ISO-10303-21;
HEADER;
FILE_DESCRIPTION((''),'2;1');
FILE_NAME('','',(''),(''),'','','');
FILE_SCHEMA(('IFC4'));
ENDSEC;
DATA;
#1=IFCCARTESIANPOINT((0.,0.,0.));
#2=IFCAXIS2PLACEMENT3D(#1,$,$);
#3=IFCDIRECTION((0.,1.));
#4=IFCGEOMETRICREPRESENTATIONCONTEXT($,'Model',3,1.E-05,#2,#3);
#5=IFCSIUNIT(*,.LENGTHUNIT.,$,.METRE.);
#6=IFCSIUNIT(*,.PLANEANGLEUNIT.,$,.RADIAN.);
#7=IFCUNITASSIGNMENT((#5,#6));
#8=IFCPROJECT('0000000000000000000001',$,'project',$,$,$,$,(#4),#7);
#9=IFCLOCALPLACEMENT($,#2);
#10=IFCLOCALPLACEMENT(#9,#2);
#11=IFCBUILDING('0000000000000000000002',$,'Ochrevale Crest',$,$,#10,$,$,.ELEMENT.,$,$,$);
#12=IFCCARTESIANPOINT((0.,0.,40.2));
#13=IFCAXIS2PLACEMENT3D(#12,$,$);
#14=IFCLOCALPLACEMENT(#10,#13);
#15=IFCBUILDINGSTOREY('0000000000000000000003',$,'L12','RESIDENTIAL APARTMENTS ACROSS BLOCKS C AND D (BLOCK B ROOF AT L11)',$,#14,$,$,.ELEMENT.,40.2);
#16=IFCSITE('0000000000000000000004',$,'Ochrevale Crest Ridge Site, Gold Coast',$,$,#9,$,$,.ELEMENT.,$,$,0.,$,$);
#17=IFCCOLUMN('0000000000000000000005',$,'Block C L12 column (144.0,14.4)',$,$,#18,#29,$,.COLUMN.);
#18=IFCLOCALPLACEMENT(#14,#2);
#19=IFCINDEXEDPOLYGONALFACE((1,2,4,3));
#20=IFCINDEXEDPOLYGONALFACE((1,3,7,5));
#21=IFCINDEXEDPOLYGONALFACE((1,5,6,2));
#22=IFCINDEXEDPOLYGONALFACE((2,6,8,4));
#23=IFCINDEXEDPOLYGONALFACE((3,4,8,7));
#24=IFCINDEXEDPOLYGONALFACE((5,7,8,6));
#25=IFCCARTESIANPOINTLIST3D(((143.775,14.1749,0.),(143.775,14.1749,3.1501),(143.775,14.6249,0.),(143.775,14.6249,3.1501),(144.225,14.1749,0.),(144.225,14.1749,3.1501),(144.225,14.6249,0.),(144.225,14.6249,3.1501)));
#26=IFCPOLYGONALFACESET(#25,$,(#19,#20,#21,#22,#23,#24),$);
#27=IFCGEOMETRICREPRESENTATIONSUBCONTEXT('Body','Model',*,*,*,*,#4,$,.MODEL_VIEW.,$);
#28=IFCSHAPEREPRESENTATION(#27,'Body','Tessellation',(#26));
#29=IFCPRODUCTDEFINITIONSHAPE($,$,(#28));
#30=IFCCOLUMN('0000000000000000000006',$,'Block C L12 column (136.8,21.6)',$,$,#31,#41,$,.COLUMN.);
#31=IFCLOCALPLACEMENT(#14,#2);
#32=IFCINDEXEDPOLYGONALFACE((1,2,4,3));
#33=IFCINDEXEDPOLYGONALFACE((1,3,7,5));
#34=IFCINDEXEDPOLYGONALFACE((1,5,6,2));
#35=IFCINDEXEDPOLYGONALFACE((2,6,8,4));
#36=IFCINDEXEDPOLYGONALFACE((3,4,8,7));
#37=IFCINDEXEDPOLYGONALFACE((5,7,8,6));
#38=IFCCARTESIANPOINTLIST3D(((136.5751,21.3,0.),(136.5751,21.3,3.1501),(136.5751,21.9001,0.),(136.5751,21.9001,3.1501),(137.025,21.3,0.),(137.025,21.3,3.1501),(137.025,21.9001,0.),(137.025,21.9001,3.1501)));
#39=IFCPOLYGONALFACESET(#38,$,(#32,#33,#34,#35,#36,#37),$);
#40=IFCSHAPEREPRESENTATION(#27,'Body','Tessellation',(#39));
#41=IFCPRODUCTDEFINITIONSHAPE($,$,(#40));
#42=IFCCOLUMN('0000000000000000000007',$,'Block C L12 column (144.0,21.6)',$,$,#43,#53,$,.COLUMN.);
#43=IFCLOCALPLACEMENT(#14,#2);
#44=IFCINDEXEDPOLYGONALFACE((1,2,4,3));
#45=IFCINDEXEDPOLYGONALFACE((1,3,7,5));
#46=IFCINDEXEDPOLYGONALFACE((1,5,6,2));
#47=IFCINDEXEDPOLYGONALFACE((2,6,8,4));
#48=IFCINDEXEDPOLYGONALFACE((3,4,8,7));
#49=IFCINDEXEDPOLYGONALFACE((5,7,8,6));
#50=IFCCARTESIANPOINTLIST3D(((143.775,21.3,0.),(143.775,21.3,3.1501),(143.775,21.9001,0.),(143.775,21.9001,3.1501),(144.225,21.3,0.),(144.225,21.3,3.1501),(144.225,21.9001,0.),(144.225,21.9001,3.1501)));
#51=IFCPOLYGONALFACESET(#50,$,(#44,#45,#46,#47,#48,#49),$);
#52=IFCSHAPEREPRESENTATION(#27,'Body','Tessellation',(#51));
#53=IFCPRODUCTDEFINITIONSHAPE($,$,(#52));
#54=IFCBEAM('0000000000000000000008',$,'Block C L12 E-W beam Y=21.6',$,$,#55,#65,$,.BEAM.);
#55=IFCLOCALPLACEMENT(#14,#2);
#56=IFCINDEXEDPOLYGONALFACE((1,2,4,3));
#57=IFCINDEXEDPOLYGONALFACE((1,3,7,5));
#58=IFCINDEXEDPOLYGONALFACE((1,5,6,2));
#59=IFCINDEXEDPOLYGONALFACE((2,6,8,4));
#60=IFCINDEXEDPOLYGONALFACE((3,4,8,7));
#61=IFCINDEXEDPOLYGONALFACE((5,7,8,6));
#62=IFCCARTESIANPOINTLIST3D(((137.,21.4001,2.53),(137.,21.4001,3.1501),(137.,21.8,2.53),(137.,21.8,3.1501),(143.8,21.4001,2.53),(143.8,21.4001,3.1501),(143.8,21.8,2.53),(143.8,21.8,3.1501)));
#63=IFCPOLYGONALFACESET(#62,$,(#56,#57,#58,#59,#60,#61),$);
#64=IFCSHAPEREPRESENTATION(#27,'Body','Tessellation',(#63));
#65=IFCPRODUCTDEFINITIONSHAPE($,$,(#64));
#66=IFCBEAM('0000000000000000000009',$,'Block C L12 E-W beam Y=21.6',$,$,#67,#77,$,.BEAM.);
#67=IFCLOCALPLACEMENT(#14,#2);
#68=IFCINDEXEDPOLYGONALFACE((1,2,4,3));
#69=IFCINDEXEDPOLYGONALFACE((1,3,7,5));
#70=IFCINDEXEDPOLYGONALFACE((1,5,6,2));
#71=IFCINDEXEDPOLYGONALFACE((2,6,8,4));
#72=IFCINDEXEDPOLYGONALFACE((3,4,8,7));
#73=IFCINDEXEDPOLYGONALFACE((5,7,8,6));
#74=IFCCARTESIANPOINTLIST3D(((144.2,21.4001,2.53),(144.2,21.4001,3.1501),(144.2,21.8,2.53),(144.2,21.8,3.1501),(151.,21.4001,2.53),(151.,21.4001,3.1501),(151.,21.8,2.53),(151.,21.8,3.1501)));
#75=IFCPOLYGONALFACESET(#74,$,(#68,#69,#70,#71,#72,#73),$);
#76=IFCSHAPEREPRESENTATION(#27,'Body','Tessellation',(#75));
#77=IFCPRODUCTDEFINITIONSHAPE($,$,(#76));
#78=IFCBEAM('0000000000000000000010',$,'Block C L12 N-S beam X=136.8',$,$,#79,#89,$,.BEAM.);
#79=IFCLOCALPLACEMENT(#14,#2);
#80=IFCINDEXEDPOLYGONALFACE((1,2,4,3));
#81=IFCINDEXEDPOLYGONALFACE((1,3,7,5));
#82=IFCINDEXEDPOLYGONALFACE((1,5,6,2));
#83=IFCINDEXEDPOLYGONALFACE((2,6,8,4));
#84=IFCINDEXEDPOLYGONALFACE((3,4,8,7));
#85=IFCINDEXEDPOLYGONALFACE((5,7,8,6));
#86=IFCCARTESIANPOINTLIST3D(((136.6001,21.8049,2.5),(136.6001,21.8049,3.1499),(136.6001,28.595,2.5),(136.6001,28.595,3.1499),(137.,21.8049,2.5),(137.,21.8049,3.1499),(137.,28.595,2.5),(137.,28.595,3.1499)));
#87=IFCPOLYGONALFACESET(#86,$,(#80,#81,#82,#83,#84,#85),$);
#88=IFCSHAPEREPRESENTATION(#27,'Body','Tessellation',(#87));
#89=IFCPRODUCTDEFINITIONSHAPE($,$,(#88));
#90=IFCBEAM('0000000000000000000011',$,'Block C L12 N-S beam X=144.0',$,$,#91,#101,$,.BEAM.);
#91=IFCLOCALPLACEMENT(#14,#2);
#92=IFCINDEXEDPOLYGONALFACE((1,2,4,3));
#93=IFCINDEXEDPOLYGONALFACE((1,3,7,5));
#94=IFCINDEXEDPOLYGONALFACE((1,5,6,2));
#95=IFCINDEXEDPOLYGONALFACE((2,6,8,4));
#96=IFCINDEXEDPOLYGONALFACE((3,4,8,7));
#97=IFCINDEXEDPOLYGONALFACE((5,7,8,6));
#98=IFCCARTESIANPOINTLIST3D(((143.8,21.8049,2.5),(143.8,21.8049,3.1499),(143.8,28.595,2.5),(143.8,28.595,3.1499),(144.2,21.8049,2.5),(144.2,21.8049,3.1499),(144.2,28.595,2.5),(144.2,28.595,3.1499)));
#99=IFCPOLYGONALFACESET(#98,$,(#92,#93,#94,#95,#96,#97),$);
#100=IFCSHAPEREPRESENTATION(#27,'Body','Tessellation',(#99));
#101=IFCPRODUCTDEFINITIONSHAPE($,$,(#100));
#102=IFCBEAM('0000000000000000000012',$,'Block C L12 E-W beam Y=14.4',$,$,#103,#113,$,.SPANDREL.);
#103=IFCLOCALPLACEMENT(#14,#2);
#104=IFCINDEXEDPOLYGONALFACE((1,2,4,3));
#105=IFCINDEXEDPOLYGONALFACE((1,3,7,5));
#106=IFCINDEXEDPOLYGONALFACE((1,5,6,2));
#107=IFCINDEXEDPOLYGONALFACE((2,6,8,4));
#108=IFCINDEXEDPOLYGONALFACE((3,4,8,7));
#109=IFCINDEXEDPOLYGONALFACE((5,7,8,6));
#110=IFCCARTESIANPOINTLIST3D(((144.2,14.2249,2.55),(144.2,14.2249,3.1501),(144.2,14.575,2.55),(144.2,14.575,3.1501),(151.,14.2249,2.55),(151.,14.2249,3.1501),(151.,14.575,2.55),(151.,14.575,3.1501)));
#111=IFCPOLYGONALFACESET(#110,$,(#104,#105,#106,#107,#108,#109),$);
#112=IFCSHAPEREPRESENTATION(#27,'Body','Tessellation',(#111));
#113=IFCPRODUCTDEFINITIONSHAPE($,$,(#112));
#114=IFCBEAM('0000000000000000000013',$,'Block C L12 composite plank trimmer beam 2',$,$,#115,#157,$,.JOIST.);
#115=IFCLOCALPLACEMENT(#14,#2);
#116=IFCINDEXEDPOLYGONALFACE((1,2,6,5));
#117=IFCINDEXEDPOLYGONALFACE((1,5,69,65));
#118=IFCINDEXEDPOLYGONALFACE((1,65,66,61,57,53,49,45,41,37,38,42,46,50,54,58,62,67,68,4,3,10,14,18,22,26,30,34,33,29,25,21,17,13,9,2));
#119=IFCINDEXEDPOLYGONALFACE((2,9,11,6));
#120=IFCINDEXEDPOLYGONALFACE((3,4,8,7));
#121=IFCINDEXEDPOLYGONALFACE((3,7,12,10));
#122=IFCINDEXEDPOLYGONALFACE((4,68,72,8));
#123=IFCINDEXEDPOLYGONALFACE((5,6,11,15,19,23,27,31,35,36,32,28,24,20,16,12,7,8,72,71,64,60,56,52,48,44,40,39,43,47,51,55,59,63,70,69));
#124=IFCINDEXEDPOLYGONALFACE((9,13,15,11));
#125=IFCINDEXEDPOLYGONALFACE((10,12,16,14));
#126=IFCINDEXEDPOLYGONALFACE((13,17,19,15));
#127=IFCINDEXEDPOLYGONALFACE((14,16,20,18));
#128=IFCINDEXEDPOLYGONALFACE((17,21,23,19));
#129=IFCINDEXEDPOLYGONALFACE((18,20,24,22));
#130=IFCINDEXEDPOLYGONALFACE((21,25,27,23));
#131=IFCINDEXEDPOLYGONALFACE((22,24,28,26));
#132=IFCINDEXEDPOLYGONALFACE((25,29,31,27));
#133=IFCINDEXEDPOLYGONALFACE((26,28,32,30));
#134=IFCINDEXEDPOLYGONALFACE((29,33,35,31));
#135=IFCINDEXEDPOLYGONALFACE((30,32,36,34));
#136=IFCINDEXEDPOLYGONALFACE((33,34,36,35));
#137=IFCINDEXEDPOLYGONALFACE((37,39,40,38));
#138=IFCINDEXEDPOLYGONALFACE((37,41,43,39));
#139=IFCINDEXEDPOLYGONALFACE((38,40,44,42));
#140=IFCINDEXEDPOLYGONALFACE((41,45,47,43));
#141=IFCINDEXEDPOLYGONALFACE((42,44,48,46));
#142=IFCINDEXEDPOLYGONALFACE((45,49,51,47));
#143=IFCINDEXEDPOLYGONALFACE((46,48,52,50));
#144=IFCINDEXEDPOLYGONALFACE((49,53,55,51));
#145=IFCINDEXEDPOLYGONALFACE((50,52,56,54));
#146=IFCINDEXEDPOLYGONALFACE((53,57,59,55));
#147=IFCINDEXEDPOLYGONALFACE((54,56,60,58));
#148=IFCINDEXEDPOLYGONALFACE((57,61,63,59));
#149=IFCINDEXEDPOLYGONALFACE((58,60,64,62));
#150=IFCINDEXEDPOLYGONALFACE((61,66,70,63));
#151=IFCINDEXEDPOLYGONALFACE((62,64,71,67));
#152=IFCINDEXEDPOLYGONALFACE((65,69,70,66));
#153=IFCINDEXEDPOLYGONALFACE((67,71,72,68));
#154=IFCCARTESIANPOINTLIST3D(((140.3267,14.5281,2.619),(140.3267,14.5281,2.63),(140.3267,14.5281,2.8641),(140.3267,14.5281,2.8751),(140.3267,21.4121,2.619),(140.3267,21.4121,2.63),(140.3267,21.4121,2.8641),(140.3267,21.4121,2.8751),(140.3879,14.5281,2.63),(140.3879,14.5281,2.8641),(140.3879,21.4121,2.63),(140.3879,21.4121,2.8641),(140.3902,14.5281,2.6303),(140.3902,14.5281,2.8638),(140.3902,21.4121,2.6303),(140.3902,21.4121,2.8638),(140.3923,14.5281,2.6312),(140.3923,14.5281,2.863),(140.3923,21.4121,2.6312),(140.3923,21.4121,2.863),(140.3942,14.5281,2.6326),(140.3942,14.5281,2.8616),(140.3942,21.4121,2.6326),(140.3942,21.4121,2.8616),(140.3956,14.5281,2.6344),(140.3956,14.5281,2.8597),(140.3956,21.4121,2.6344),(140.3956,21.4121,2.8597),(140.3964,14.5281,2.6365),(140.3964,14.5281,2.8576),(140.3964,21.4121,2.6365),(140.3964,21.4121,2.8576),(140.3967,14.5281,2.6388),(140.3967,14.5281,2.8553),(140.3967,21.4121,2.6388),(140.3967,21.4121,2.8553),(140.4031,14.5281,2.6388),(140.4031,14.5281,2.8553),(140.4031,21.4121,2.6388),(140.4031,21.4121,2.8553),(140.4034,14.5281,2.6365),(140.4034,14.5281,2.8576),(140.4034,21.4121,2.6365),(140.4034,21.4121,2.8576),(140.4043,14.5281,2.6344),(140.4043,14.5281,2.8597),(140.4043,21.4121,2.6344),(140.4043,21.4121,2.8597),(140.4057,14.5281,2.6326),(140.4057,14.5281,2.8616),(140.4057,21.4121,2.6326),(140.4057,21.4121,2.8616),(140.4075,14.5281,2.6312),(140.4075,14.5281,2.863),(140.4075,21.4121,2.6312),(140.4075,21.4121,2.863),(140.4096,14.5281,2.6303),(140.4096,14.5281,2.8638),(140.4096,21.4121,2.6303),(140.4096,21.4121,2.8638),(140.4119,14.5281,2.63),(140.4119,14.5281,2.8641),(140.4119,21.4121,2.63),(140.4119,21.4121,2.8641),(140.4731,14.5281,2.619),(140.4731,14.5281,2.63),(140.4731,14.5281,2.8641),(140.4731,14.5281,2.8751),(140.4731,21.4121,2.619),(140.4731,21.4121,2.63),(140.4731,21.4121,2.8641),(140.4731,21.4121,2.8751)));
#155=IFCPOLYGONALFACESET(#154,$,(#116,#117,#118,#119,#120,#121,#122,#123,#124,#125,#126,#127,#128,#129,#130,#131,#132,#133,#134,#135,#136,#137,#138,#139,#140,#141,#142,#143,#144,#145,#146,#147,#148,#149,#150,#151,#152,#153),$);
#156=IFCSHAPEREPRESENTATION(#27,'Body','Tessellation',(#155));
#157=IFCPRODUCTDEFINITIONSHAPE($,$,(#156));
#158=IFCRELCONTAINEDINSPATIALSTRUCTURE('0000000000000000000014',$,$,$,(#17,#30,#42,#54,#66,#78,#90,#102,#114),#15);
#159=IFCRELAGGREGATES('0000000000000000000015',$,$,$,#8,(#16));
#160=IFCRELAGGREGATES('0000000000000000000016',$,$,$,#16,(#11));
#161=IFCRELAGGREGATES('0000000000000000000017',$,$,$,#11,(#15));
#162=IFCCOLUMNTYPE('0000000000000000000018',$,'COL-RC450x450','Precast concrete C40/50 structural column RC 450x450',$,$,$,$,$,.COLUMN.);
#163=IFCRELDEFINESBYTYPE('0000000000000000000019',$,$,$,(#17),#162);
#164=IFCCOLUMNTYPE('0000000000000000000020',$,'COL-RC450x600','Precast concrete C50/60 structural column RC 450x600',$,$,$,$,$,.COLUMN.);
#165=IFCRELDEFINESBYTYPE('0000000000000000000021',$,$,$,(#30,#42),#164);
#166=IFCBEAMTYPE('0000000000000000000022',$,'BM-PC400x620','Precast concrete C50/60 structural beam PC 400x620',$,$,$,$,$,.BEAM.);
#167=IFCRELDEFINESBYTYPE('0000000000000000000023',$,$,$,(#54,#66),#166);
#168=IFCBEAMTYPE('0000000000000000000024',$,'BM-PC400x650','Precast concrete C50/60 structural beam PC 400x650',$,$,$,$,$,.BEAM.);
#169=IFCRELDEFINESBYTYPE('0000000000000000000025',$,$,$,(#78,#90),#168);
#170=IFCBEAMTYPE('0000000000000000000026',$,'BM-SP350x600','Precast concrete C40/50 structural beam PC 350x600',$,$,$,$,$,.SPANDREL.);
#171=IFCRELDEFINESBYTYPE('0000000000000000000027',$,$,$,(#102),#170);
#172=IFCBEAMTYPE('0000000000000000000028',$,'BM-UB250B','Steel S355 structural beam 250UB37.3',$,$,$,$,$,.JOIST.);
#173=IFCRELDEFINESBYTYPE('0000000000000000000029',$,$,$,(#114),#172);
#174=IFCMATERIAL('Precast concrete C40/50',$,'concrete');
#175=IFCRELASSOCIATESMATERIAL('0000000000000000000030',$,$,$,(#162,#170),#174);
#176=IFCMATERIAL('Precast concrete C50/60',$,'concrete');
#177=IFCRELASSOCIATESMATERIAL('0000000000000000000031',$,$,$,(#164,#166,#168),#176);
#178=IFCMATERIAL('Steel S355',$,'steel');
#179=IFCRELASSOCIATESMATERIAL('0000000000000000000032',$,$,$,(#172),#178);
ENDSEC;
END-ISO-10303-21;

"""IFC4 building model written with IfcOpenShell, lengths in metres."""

from ifc_helpers import new_model, si_unit, direction, frame, origin, origin_2d, place, context, subcontext, project, spatial, rectangle, i_section, extrude, material, material_profile, profile_set, type_object, element, save


model = new_model("IFC4")

# Units and contexts
model_context = context("Model", 3, precision=1e-05, world=origin(), true_north=direction((0.0, 1.0)))
body_context = subcontext(model_context, "Body", "Model", "MODEL_VIEW")
ifc_project = project(units=[si_unit("LENGTHUNIT", "METRE"), si_unit("PLANEANGLEUNIT", "RADIAN")], contexts=[model_context])

# Site, building, storey
site_placement = place(None, origin())
site = spatial("IfcSite", under=ifc_project, at=site_placement, Name="Ochrevale Crest Ridge Site, Gold Coast", CompositionType="ELEMENT", RefElevation=0.0)
building_placement = place(site_placement, origin())
building = spatial("IfcBuilding", under=site, at=building_placement, Name="Ochrevale Crest", CompositionType="ELEMENT")
storey_placement = place(building_placement, frame((0.0, 0.0, 40.2)))
storey = spatial("IfcBuildingStorey", under=building, at=storey_placement, Name="L12", Description="RESIDENTIAL APARTMENTS ACROSS BLOCKS C AND D (BLOCK B ROOF AT L11)", CompositionType="ELEMENT", Elevation=40.2)

# Columns
ifc_material_1 = material(Name="Precast concrete C40/50", Category="concrete")
ifc_material_profile_1 = material_profile(ifc_material_1, rectangle(XDim=0.45, YDim=0.45, at=origin_2d()), Name="RC 450x450")
ifc_profile_set_1 = profile_set([ifc_material_profile_1], Name="Precast concrete C40/50")
column_type_1 = type_object("IfcColumnType", Name="COL-RC450x450", Description="Precast concrete C40/50 structural column RC 450x450", PredefinedType="COLUMN", material=ifc_profile_set_1)
column_placement = place(storey_placement, frame((144.0, 14.3999, 0.0), z_axis=(0.0, 0.0, 1.0), x_axis=(1.0, 0.0, 0.0)))
element("IfcColumn", 1, at=column_placement, inside=storey, type_object=column_type_1, Name="Block C L12 column (144.0,14.4)", PredefinedType="COLUMN", context=body_context, shape_type="SweptSolid", body=[
    extrude(rectangle(XDim=0.45, YDim=0.45, at=origin_2d()), origin(), (0.0, 0.0, 1.0), 3.1501),
])
ifc_material_2 = material(Name="Precast concrete C50/60", Category="concrete")
ifc_material_profile_2 = material_profile(ifc_material_2, rectangle(XDim=0.45, YDim=0.6001, at=origin_2d()), Name="RC 450x600")
ifc_profile_set_2 = profile_set([ifc_material_profile_2], Name="Precast concrete C50/60")
column_type_2 = type_object("IfcColumnType", Name="COL-RC450x600", Description="Precast concrete C50/60 structural column RC 450x600", PredefinedType="COLUMN", material=ifc_profile_set_2)
for number, where, z_axis, x_axis, name in (
    (2, (136.8, 21.6001, 0.0), (0.0, 0.0, 1.0), (1.0, 0.0, 0.0), "Block C L12 column (136.8,21.6)"),
    (3, (144.0, 21.6001, 0.0), (0.0, 0.0, 1.0), (1.0, 0.0, 0.0), "Block C L12 column (144.0,21.6)"),
):
    element("IfcColumn", number, at=place(storey_placement, frame(where, z_axis=z_axis, x_axis=x_axis)), inside=storey, type_object=column_type_2, Name=name, PredefinedType="COLUMN", context=body_context, shape_type="SweptSolid", body=[
        extrude(rectangle(XDim=0.45, YDim=0.6001, at=origin_2d()), origin(), (0.0, 0.0, 1.0), 3.1501),
    ])

# Beams
ifc_material_profile_3 = material_profile(ifc_material_2, rectangle(XDim=0.3999, YDim=0.6201, at=origin_2d()), Name="PC 400x620")
ifc_profile_set_3 = profile_set([ifc_material_profile_3], Name="Precast concrete C50/60")
beam_type_1 = type_object("IfcBeamType", Name="BM-PC400x620", Description="Precast concrete C50/60 structural beam PC 400x620", PredefinedType="BEAM", material=ifc_profile_set_3)
for number, where, z_axis, x_axis, name in (
    (4, (137.0, 21.6001, 2.8401), (1.0, 0.0, 0.0), (0.0, 1.0, 0.0), "Block C L12 E-W beam Y=21.6"),
    (5, (144.2, 21.6001, 2.8401), (1.0, 0.0, 0.0), (0.0, 1.0, 0.0), "Block C L12 E-W beam Y=21.6"),
):
    element("IfcBeam", number, at=place(storey_placement, frame(where, z_axis=z_axis, x_axis=x_axis)), inside=storey, type_object=beam_type_1, Name=name, PredefinedType="BEAM", context=body_context, shape_type="SweptSolid", body=[
        extrude(rectangle(XDim=0.3999, YDim=0.6201, at=origin_2d()), origin(), (0.0, 0.0, 1.0), 6.8),
    ])
ifc_material_profile_4 = material_profile(ifc_material_2, rectangle(XDim=0.3999, YDim=0.6499, at=origin_2d()), Name="PC 400x650")
ifc_profile_set_4 = profile_set([ifc_material_profile_4], Name="Precast concrete C50/60")
beam_type_2 = type_object("IfcBeamType", Name="BM-PC400x650", Description="Precast concrete C50/60 structural beam PC 400x650", PredefinedType="BEAM", material=ifc_profile_set_4)
for number, where, z_axis, x_axis, name in (
    (6, (136.8, 21.8049, 2.825), (0.0, 1.0, 0.0), (-1.0, 0.0, 0.0), "Block C L12 N-S beam X=136.8"),
    (7, (144.0, 21.8049, 2.825), (0.0, 1.0, 0.0), (-1.0, 0.0, 0.0), "Block C L12 N-S beam X=144.0"),
):
    element("IfcBeam", number, at=place(storey_placement, frame(where, z_axis=z_axis, x_axis=x_axis)), inside=storey, type_object=beam_type_2, Name=name, PredefinedType="BEAM", context=body_context, shape_type="SweptSolid", body=[
        extrude(rectangle(XDim=0.3999, YDim=0.6499, at=origin_2d()), origin(), (0.0, 0.0, 1.0), 6.79),
    ])
ifc_material_profile_5 = material_profile(ifc_material_1, rectangle(XDim=0.3501, YDim=0.6001, at=origin_2d()), Name="PC 350x600")
ifc_profile_set_5 = profile_set([ifc_material_profile_5], Name="Precast concrete C40/50")
beam_type_3 = type_object("IfcBeamType", Name="BM-SP350x600", Description="Precast concrete C40/50 structural beam PC 350x600", PredefinedType="SPANDREL", material=ifc_profile_set_5)
beam_1_placement = place(storey_placement, frame((144.2, 14.3999, 2.8501), z_axis=(1.0, 0.0, 0.0), x_axis=(0.0, 1.0, 0.0)))
element("IfcBeam", 8, at=beam_1_placement, inside=storey, type_object=beam_type_3, Name="Block C L12 E-W beam Y=14.4", PredefinedType="SPANDREL", context=body_context, shape_type="SweptSolid", body=[
    extrude(rectangle(XDim=0.3501, YDim=0.6001, at=origin_2d()), origin(), (0.0, 0.0, 1.0), 6.8),
])
ifc_material_3 = material(Name="Steel S355", Category="steel")
ifc_material_profile_6 = material_profile(ifc_material_3, i_section(OverallWidth=0.1465, OverallDepth=0.2561, WebThickness=0.0063, FlangeThickness=0.011, FilletRadius=0.0088, at=origin_2d()), Name="250UB37.3")
ifc_profile_set_6 = profile_set([ifc_material_profile_6], Name="Steel S355")
beam_type_4 = type_object("IfcBeamType", Name="BM-UB250B", Description="Steel S355 structural beam 250UB37.3", PredefinedType="JOIST", material=ifc_profile_set_6)
beam_2_placement = place(storey_placement, frame((140.3999, 14.5281, 2.7471), z_axis=(0.0, 1.0, 0.0), x_axis=(-1.0, 0.0, 0.0)))
element("IfcBeam", 9, at=beam_2_placement, inside=storey, type_object=beam_type_4, Name="Block C L12 composite plank trimmer beam 2", PredefinedType="JOIST", context=body_context, shape_type="SweptSolid", body=[
    extrude(i_section(OverallWidth=0.1465, OverallDepth=0.2561, WebThickness=0.0063, FlangeThickness=0.011, FilletRadius=0.0088, at=origin_2d()), origin(), (0.0, 0.0, 1.0), 6.884),
])

save(model, "model.ifc")
